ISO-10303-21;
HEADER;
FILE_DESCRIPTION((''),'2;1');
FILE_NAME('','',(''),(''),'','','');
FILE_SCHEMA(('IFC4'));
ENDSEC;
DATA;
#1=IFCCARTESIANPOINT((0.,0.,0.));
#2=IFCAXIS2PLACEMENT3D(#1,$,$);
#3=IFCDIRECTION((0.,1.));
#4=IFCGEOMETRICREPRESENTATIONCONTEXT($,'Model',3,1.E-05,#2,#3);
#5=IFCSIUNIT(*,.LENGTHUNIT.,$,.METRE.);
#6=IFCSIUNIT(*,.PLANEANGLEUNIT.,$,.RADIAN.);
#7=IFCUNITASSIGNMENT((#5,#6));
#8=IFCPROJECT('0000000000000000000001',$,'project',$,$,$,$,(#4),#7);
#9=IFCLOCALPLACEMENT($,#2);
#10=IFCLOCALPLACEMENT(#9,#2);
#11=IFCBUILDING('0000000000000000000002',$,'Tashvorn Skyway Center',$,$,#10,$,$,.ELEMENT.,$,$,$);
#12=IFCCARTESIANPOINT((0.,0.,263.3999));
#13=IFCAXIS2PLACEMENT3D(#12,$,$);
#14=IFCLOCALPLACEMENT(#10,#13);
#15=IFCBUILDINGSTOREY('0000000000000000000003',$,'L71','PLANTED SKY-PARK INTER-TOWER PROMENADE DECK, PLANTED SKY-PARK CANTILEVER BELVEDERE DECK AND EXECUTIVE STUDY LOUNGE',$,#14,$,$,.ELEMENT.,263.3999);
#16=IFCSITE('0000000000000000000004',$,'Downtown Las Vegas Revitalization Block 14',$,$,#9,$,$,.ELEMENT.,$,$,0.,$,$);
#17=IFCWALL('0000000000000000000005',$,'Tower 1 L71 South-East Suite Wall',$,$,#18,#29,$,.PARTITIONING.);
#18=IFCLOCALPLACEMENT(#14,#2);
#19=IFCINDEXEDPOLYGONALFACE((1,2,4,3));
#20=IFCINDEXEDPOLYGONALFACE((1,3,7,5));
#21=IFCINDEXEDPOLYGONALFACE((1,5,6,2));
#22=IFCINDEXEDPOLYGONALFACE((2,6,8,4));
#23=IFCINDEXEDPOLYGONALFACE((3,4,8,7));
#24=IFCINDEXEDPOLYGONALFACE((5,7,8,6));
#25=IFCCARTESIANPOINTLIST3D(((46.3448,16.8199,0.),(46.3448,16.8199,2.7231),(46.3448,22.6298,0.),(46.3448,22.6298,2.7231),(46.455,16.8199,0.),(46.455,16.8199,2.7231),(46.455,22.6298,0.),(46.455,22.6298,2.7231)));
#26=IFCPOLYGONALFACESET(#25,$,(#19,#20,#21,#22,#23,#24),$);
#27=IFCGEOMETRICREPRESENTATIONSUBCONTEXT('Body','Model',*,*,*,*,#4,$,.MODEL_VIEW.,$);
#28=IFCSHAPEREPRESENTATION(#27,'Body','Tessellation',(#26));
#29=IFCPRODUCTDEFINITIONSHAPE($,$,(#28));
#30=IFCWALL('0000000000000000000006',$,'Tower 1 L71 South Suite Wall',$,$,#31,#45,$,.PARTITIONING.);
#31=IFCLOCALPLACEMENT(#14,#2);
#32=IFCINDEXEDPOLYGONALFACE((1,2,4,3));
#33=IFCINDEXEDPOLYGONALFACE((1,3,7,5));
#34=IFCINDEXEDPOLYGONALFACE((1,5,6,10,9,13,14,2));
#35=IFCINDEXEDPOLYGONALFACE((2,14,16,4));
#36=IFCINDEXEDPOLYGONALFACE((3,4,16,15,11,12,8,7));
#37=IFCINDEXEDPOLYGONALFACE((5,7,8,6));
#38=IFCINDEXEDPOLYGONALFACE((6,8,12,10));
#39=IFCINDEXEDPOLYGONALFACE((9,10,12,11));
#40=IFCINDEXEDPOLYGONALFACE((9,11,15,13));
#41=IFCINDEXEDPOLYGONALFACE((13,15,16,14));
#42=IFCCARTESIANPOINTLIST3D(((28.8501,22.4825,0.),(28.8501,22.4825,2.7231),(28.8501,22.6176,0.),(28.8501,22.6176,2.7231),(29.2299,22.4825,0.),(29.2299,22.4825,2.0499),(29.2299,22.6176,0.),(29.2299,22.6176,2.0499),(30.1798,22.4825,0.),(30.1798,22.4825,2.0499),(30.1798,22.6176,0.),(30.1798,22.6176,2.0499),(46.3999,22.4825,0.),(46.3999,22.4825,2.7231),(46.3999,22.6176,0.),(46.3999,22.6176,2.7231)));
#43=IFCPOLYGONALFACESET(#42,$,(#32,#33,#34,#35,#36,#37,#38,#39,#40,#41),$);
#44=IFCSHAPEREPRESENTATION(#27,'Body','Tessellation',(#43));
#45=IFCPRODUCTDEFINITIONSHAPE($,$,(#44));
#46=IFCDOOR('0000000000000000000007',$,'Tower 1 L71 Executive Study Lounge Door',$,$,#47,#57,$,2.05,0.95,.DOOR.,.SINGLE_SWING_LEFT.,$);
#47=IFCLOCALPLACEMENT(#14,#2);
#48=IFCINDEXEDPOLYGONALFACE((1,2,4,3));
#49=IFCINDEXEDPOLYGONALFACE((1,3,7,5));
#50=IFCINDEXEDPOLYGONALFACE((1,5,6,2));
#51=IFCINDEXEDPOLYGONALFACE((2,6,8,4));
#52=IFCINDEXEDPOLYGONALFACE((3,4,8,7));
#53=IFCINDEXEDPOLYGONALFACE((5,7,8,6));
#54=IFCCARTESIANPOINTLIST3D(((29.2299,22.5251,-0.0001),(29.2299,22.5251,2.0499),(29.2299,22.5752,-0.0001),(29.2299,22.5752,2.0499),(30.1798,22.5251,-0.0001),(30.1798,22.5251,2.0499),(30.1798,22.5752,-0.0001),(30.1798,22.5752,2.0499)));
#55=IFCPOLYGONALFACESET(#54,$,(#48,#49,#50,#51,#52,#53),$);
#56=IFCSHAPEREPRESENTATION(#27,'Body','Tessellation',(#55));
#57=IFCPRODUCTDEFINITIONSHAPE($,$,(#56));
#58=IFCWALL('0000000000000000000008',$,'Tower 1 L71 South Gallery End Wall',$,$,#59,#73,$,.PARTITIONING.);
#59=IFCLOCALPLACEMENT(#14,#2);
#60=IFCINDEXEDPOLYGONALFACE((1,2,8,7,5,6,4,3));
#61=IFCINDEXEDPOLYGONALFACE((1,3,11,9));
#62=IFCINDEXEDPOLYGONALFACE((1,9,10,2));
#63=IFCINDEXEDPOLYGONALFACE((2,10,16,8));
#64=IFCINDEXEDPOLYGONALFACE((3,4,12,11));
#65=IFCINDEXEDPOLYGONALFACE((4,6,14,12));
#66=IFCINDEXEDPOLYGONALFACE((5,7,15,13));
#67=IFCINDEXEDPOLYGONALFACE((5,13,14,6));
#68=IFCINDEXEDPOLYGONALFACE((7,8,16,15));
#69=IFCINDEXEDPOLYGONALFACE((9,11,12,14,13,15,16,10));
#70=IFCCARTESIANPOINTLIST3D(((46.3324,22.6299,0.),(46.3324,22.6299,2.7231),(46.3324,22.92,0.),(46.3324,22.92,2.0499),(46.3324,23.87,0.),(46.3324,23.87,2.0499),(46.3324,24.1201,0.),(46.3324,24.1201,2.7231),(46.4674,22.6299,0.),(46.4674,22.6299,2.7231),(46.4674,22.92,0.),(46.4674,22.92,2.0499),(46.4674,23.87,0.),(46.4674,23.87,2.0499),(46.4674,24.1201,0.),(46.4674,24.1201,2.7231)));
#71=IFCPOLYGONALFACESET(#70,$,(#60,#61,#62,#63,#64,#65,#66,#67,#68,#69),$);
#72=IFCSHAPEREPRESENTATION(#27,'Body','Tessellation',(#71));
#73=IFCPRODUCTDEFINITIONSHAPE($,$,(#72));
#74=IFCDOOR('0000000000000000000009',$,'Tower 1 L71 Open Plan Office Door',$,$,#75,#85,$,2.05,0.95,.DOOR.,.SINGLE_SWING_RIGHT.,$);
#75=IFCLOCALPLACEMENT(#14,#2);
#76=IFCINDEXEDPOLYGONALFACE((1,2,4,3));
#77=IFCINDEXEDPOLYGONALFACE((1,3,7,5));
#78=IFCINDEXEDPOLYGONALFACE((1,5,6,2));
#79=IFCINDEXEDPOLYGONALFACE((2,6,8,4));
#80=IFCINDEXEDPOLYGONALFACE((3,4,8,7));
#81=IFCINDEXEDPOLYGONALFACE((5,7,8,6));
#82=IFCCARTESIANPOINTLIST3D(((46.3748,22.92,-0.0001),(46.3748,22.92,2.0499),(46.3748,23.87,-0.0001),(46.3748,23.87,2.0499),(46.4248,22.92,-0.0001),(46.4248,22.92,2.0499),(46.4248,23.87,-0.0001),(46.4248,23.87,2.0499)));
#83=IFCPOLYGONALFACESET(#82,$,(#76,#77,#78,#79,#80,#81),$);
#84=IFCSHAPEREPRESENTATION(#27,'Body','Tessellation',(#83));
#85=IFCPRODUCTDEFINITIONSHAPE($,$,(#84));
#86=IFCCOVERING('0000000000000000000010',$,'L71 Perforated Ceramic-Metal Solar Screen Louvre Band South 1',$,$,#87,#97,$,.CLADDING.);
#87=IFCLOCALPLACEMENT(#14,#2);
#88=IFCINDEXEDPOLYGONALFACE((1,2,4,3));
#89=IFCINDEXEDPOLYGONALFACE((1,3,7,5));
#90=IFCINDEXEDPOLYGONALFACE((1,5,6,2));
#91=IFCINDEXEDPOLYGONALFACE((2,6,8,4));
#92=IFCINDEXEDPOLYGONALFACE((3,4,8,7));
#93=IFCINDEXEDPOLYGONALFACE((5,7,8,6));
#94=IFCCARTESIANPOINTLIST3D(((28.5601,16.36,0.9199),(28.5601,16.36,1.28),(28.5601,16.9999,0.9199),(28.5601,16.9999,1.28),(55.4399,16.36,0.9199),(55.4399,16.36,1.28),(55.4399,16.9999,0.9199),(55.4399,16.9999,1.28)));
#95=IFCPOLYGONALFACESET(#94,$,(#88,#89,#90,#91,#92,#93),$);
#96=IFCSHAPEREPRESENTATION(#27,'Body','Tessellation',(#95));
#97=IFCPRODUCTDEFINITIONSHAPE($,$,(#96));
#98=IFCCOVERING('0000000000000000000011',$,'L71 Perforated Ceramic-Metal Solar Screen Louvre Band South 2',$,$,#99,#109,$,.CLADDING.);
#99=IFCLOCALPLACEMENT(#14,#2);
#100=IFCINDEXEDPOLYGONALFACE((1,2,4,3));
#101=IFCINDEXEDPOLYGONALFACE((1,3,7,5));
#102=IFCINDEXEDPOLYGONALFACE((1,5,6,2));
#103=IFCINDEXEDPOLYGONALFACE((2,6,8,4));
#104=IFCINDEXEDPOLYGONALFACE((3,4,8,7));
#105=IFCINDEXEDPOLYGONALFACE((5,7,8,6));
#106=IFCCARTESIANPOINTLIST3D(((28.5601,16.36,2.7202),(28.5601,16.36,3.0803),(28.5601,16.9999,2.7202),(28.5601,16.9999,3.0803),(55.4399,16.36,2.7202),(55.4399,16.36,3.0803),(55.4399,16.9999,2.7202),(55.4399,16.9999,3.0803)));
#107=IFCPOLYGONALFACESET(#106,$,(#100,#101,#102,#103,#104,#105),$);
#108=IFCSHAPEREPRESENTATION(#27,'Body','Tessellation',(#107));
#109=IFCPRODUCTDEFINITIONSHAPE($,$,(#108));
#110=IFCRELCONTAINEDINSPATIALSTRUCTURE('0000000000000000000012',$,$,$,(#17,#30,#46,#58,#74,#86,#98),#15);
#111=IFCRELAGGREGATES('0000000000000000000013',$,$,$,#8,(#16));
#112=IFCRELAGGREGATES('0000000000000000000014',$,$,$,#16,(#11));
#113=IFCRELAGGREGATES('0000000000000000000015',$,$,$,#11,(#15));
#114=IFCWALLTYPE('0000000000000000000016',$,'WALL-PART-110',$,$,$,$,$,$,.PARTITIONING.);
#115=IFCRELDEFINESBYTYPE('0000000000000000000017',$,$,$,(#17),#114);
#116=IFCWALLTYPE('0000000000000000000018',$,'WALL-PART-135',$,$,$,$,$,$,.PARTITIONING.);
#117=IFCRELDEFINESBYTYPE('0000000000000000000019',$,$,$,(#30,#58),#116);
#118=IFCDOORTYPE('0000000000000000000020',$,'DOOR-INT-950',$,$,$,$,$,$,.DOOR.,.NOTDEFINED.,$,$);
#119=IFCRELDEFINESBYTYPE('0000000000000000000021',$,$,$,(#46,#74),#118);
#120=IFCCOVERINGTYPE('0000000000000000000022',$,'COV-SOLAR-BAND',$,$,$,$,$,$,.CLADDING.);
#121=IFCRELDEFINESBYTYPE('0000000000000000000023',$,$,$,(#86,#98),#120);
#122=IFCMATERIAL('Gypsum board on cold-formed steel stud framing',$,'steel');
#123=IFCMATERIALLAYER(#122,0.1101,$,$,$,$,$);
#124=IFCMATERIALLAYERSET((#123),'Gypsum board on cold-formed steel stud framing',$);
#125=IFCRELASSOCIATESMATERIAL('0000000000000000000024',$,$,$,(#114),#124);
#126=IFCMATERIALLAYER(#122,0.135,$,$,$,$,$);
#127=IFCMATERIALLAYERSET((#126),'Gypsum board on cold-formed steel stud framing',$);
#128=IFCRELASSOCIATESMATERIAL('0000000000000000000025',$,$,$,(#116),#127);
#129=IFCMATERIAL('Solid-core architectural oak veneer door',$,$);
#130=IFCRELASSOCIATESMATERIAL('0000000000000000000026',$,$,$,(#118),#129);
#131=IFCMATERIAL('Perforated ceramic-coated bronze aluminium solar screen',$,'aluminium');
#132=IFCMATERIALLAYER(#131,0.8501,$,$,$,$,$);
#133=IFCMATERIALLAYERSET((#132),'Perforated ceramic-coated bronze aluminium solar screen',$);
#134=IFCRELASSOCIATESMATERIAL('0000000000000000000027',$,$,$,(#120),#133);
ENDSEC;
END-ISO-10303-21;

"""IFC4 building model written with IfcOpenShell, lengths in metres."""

from ifc_helpers import new_model, si_unit, direction, frame, frame_2d, origin, origin_2d, place, context, subcontext, project, spatial, rectangle, extrude, material, layer, layer_set, type_object, element, fill, save


model = new_model("IFC4")

# Units and contexts
model_context = context("Model", 3, precision=1e-05, world=origin(), true_north=direction((0.0, 1.0)))
body_context = subcontext(model_context, "Body", "Model", "MODEL_VIEW")
ifc_project = project(units=[si_unit("LENGTHUNIT", "METRE"), si_unit("PLANEANGLEUNIT", "RADIAN")], contexts=[model_context])

# Site, building, storey
site_placement = place(None, origin())
site = spatial("IfcSite", under=ifc_project, at=site_placement, Name="Downtown Las Vegas Revitalization Block 14", CompositionType="ELEMENT", RefElevation=0.0)
building_placement = place(site_placement, origin())
building = spatial("IfcBuilding", under=site, at=building_placement, Name="Tashvorn Skyway Center", CompositionType="ELEMENT")
storey_placement = place(building_placement, frame((0.0, 0.0, 263.3999)))
storey = spatial("IfcBuildingStorey", under=building, at=storey_placement, Name="L71", Description="PLANTED SKY-PARK INTER-TOWER PROMENADE DECK, PLANTED SKY-PARK CANTILEVER BELVEDERE DECK AND EXECUTIVE STUDY LOUNGE", CompositionType="ELEMENT", Elevation=263.3999)

# Wall
ifc_material_1 = material(Name="Gypsum board on cold-formed steel stud framing", Category="steel")
ifc_layer_1 = layer(ifc_material_1, 0.1101)
ifc_layer_set_1 = layer_set([ifc_layer_1], Name="Gypsum board on cold-formed steel stud framing")
wall_type_1 = type_object("IfcWallType", Name="WALL-PART-110", PredefinedType="PARTITIONING", material=ifc_layer_set_1)
wall_1_placement = place(storey_placement, frame((46.3999, 16.8201, 0.0), z_axis=(0.0, 0.0, 1.0), x_axis=(0.0, 1.0, 0.0)))
element("IfcWall", 1, at=wall_1_placement, inside=storey, type_object=wall_type_1, Name="Tower 1 L71 South-East Suite Wall", PredefinedType="PARTITIONING", context=body_context, shape_type="SweptSolid", body=[
    extrude(rectangle(XDim=5.8098, YDim=0.1101, at=frame_2d((2.9048, 0.0))), origin(), (0.0, 0.0, 1.0), 2.7231),
])

# Walls, openings, doors
ifc_layer_2 = layer(ifc_material_1, 0.135)
ifc_layer_set_2 = layer_set([ifc_layer_2], Name="Gypsum board on cold-formed steel stud framing")
wall_type_2 = type_object("IfcWallType", Name="WALL-PART-135", PredefinedType="PARTITIONING", material=ifc_layer_set_2)
wall_2_placement = place(storey_placement, frame((46.3999, 22.55, 0.0), z_axis=(0.0, 0.0, 1.0), x_axis=(-1.0, 0.0, 0.0)))
wall_2 = element("IfcWall", 2, at=wall_2_placement, inside=storey, type_object=wall_type_2, Name="Tower 1 L71 South Suite Wall", PredefinedType="PARTITIONING", context=body_context, shape_type="SweptSolid", body=[
    extrude(rectangle(XDim=17.5498, YDim=0.135, at=frame_2d((8.7749, 0.0))), origin(), (0.0, 0.0, 1.0), 2.7231),
])
opening_1_placement = place(wall_2_placement, frame((16.22, 0.0, 0.0)))
opening_1 = element("IfcOpeningElement", 3, at=opening_1_placement, cuts=wall_2, PredefinedType="OPENING", context=body_context, shape_type="SweptSolid", body=[
    extrude(rectangle(XDim=0.95, YDim=2.05, at=frame_2d((0.4751, 1.0249))), frame((0.0, 0.0774, 0.0), z_axis=(0.0, -1.0, 0.0), x_axis=(1.0, 0.0, 0.0)), (0.0, 0.0, 1.0), 0.155),
])
ifc_material_2 = material(Name="Solid-core architectural oak veneer door")
door_type = type_object("IfcDoorType", Name="DOOR-INT-950", OperationType="NOTDEFINED", PredefinedType="DOOR", material=ifc_material_2)
door_1_placement = place(opening_1_placement, origin())
door_1 = element("IfcDoor", 4, at=door_1_placement, inside=storey, type_object=door_type, Name="Tower 1 L71 Executive Study Lounge Door", OperationType="SINGLE_SWING_LEFT", OverallHeight=2.05, OverallWidth=0.95, PredefinedType="DOOR", context=body_context, shape_type="SweptSolid", body=[
    extrude(rectangle(XDim=0.95, YDim=2.05, at=frame_2d((0.4751, 1.0249))), frame((0.0, 0.0249, 0.0), z_axis=(0.0, -1.0, 0.0), x_axis=(1.0, 0.0, 0.0)), (0.0, 0.0, 1.0), 0.05),
])
fill(opening_1, door_1)
wall_3_placement = place(storey_placement, frame((46.3999, 24.1201, 0.0), z_axis=(0.0, 0.0, 1.0), x_axis=(0.0, -1.0, 0.0)))
wall_3 = element("IfcWall", 5, at=wall_3_placement, inside=storey, type_object=wall_type_2, Name="Tower 1 L71 South Gallery End Wall", PredefinedType="PARTITIONING", context=body_context, shape_type="SweptSolid", body=[
    extrude(rectangle(XDim=1.4902, YDim=0.135, at=frame_2d((0.7451, 0.0))), origin(), (0.0, 0.0, 1.0), 2.7231),
])
opening_2_placement = place(wall_3_placement, frame((0.25, 0.0, 0.0)))
opening_2 = element("IfcOpeningElement", 6, at=opening_2_placement, cuts=wall_3, PredefinedType="OPENING", context=body_context, shape_type="SweptSolid", body=[
    extrude(rectangle(XDim=0.95, YDim=2.05, at=frame_2d((0.4751, 1.0249))), frame((0.0, 0.0774, 0.0), z_axis=(0.0, -1.0, 0.0), x_axis=(1.0, 0.0, 0.0)), (0.0, 0.0, 1.0), 0.155),
])
door_2_placement = place(opening_2_placement, origin())
door_2 = element("IfcDoor", 7, at=door_2_placement, inside=storey, type_object=door_type, Name="Tower 1 L71 Open Plan Office Door", OperationType="SINGLE_SWING_RIGHT", OverallHeight=2.05, OverallWidth=0.95, PredefinedType="DOOR", context=body_context, shape_type="SweptSolid", body=[
    extrude(rectangle(XDim=0.95, YDim=2.05, at=frame_2d((0.4751, 1.0249))), frame((0.0, 0.0249, 0.0), z_axis=(0.0, -1.0, 0.0), x_axis=(1.0, 0.0, 0.0)), (0.0, 0.0, 1.0), 0.05),
])
fill(opening_2, door_2)

# Coverings
ifc_material_3 = material(Name="Perforated ceramic-coated bronze aluminium solar screen", Category="aluminium")
ifc_layer_3 = layer(ifc_material_3, 0.8501)
ifc_layer_set_3 = layer_set([ifc_layer_3], Name="Perforated ceramic-coated bronze aluminium solar screen")
covering_type = type_object("IfcCoveringType", Name="COV-SOLAR-BAND", PredefinedType="CLADDING", material=ifc_layer_set_3)
for number, where, z_axis, x_axis, name in (
    (8, (42.0, 16.6799, 0.9199), (0.0, 0.0, 1.0), (-1.0, 0.0, 0.0), "L71 Perforated Ceramic-Metal Solar Screen Louvre Band South 1"),
    (9, (42.0, 16.6799, 2.7202), (0.0, 0.0, 1.0), (-1.0, 0.0, 0.0), "L71 Perforated Ceramic-Metal Solar Screen Louvre Band South 2"),
):
    element("IfcCovering", number, at=place(storey_placement, frame(where, z_axis=z_axis, x_axis=x_axis)), inside=storey, type_object=covering_type, Name=name, PredefinedType="CLADDING", context=body_context, shape_type="SweptSolid", body=[
        extrude(rectangle(XDim=26.8799, YDim=0.6399, at=origin_2d()), origin(), (0.0, 0.0, 1.0), 0.3601),
    ])

save(model, "model.ifc")
